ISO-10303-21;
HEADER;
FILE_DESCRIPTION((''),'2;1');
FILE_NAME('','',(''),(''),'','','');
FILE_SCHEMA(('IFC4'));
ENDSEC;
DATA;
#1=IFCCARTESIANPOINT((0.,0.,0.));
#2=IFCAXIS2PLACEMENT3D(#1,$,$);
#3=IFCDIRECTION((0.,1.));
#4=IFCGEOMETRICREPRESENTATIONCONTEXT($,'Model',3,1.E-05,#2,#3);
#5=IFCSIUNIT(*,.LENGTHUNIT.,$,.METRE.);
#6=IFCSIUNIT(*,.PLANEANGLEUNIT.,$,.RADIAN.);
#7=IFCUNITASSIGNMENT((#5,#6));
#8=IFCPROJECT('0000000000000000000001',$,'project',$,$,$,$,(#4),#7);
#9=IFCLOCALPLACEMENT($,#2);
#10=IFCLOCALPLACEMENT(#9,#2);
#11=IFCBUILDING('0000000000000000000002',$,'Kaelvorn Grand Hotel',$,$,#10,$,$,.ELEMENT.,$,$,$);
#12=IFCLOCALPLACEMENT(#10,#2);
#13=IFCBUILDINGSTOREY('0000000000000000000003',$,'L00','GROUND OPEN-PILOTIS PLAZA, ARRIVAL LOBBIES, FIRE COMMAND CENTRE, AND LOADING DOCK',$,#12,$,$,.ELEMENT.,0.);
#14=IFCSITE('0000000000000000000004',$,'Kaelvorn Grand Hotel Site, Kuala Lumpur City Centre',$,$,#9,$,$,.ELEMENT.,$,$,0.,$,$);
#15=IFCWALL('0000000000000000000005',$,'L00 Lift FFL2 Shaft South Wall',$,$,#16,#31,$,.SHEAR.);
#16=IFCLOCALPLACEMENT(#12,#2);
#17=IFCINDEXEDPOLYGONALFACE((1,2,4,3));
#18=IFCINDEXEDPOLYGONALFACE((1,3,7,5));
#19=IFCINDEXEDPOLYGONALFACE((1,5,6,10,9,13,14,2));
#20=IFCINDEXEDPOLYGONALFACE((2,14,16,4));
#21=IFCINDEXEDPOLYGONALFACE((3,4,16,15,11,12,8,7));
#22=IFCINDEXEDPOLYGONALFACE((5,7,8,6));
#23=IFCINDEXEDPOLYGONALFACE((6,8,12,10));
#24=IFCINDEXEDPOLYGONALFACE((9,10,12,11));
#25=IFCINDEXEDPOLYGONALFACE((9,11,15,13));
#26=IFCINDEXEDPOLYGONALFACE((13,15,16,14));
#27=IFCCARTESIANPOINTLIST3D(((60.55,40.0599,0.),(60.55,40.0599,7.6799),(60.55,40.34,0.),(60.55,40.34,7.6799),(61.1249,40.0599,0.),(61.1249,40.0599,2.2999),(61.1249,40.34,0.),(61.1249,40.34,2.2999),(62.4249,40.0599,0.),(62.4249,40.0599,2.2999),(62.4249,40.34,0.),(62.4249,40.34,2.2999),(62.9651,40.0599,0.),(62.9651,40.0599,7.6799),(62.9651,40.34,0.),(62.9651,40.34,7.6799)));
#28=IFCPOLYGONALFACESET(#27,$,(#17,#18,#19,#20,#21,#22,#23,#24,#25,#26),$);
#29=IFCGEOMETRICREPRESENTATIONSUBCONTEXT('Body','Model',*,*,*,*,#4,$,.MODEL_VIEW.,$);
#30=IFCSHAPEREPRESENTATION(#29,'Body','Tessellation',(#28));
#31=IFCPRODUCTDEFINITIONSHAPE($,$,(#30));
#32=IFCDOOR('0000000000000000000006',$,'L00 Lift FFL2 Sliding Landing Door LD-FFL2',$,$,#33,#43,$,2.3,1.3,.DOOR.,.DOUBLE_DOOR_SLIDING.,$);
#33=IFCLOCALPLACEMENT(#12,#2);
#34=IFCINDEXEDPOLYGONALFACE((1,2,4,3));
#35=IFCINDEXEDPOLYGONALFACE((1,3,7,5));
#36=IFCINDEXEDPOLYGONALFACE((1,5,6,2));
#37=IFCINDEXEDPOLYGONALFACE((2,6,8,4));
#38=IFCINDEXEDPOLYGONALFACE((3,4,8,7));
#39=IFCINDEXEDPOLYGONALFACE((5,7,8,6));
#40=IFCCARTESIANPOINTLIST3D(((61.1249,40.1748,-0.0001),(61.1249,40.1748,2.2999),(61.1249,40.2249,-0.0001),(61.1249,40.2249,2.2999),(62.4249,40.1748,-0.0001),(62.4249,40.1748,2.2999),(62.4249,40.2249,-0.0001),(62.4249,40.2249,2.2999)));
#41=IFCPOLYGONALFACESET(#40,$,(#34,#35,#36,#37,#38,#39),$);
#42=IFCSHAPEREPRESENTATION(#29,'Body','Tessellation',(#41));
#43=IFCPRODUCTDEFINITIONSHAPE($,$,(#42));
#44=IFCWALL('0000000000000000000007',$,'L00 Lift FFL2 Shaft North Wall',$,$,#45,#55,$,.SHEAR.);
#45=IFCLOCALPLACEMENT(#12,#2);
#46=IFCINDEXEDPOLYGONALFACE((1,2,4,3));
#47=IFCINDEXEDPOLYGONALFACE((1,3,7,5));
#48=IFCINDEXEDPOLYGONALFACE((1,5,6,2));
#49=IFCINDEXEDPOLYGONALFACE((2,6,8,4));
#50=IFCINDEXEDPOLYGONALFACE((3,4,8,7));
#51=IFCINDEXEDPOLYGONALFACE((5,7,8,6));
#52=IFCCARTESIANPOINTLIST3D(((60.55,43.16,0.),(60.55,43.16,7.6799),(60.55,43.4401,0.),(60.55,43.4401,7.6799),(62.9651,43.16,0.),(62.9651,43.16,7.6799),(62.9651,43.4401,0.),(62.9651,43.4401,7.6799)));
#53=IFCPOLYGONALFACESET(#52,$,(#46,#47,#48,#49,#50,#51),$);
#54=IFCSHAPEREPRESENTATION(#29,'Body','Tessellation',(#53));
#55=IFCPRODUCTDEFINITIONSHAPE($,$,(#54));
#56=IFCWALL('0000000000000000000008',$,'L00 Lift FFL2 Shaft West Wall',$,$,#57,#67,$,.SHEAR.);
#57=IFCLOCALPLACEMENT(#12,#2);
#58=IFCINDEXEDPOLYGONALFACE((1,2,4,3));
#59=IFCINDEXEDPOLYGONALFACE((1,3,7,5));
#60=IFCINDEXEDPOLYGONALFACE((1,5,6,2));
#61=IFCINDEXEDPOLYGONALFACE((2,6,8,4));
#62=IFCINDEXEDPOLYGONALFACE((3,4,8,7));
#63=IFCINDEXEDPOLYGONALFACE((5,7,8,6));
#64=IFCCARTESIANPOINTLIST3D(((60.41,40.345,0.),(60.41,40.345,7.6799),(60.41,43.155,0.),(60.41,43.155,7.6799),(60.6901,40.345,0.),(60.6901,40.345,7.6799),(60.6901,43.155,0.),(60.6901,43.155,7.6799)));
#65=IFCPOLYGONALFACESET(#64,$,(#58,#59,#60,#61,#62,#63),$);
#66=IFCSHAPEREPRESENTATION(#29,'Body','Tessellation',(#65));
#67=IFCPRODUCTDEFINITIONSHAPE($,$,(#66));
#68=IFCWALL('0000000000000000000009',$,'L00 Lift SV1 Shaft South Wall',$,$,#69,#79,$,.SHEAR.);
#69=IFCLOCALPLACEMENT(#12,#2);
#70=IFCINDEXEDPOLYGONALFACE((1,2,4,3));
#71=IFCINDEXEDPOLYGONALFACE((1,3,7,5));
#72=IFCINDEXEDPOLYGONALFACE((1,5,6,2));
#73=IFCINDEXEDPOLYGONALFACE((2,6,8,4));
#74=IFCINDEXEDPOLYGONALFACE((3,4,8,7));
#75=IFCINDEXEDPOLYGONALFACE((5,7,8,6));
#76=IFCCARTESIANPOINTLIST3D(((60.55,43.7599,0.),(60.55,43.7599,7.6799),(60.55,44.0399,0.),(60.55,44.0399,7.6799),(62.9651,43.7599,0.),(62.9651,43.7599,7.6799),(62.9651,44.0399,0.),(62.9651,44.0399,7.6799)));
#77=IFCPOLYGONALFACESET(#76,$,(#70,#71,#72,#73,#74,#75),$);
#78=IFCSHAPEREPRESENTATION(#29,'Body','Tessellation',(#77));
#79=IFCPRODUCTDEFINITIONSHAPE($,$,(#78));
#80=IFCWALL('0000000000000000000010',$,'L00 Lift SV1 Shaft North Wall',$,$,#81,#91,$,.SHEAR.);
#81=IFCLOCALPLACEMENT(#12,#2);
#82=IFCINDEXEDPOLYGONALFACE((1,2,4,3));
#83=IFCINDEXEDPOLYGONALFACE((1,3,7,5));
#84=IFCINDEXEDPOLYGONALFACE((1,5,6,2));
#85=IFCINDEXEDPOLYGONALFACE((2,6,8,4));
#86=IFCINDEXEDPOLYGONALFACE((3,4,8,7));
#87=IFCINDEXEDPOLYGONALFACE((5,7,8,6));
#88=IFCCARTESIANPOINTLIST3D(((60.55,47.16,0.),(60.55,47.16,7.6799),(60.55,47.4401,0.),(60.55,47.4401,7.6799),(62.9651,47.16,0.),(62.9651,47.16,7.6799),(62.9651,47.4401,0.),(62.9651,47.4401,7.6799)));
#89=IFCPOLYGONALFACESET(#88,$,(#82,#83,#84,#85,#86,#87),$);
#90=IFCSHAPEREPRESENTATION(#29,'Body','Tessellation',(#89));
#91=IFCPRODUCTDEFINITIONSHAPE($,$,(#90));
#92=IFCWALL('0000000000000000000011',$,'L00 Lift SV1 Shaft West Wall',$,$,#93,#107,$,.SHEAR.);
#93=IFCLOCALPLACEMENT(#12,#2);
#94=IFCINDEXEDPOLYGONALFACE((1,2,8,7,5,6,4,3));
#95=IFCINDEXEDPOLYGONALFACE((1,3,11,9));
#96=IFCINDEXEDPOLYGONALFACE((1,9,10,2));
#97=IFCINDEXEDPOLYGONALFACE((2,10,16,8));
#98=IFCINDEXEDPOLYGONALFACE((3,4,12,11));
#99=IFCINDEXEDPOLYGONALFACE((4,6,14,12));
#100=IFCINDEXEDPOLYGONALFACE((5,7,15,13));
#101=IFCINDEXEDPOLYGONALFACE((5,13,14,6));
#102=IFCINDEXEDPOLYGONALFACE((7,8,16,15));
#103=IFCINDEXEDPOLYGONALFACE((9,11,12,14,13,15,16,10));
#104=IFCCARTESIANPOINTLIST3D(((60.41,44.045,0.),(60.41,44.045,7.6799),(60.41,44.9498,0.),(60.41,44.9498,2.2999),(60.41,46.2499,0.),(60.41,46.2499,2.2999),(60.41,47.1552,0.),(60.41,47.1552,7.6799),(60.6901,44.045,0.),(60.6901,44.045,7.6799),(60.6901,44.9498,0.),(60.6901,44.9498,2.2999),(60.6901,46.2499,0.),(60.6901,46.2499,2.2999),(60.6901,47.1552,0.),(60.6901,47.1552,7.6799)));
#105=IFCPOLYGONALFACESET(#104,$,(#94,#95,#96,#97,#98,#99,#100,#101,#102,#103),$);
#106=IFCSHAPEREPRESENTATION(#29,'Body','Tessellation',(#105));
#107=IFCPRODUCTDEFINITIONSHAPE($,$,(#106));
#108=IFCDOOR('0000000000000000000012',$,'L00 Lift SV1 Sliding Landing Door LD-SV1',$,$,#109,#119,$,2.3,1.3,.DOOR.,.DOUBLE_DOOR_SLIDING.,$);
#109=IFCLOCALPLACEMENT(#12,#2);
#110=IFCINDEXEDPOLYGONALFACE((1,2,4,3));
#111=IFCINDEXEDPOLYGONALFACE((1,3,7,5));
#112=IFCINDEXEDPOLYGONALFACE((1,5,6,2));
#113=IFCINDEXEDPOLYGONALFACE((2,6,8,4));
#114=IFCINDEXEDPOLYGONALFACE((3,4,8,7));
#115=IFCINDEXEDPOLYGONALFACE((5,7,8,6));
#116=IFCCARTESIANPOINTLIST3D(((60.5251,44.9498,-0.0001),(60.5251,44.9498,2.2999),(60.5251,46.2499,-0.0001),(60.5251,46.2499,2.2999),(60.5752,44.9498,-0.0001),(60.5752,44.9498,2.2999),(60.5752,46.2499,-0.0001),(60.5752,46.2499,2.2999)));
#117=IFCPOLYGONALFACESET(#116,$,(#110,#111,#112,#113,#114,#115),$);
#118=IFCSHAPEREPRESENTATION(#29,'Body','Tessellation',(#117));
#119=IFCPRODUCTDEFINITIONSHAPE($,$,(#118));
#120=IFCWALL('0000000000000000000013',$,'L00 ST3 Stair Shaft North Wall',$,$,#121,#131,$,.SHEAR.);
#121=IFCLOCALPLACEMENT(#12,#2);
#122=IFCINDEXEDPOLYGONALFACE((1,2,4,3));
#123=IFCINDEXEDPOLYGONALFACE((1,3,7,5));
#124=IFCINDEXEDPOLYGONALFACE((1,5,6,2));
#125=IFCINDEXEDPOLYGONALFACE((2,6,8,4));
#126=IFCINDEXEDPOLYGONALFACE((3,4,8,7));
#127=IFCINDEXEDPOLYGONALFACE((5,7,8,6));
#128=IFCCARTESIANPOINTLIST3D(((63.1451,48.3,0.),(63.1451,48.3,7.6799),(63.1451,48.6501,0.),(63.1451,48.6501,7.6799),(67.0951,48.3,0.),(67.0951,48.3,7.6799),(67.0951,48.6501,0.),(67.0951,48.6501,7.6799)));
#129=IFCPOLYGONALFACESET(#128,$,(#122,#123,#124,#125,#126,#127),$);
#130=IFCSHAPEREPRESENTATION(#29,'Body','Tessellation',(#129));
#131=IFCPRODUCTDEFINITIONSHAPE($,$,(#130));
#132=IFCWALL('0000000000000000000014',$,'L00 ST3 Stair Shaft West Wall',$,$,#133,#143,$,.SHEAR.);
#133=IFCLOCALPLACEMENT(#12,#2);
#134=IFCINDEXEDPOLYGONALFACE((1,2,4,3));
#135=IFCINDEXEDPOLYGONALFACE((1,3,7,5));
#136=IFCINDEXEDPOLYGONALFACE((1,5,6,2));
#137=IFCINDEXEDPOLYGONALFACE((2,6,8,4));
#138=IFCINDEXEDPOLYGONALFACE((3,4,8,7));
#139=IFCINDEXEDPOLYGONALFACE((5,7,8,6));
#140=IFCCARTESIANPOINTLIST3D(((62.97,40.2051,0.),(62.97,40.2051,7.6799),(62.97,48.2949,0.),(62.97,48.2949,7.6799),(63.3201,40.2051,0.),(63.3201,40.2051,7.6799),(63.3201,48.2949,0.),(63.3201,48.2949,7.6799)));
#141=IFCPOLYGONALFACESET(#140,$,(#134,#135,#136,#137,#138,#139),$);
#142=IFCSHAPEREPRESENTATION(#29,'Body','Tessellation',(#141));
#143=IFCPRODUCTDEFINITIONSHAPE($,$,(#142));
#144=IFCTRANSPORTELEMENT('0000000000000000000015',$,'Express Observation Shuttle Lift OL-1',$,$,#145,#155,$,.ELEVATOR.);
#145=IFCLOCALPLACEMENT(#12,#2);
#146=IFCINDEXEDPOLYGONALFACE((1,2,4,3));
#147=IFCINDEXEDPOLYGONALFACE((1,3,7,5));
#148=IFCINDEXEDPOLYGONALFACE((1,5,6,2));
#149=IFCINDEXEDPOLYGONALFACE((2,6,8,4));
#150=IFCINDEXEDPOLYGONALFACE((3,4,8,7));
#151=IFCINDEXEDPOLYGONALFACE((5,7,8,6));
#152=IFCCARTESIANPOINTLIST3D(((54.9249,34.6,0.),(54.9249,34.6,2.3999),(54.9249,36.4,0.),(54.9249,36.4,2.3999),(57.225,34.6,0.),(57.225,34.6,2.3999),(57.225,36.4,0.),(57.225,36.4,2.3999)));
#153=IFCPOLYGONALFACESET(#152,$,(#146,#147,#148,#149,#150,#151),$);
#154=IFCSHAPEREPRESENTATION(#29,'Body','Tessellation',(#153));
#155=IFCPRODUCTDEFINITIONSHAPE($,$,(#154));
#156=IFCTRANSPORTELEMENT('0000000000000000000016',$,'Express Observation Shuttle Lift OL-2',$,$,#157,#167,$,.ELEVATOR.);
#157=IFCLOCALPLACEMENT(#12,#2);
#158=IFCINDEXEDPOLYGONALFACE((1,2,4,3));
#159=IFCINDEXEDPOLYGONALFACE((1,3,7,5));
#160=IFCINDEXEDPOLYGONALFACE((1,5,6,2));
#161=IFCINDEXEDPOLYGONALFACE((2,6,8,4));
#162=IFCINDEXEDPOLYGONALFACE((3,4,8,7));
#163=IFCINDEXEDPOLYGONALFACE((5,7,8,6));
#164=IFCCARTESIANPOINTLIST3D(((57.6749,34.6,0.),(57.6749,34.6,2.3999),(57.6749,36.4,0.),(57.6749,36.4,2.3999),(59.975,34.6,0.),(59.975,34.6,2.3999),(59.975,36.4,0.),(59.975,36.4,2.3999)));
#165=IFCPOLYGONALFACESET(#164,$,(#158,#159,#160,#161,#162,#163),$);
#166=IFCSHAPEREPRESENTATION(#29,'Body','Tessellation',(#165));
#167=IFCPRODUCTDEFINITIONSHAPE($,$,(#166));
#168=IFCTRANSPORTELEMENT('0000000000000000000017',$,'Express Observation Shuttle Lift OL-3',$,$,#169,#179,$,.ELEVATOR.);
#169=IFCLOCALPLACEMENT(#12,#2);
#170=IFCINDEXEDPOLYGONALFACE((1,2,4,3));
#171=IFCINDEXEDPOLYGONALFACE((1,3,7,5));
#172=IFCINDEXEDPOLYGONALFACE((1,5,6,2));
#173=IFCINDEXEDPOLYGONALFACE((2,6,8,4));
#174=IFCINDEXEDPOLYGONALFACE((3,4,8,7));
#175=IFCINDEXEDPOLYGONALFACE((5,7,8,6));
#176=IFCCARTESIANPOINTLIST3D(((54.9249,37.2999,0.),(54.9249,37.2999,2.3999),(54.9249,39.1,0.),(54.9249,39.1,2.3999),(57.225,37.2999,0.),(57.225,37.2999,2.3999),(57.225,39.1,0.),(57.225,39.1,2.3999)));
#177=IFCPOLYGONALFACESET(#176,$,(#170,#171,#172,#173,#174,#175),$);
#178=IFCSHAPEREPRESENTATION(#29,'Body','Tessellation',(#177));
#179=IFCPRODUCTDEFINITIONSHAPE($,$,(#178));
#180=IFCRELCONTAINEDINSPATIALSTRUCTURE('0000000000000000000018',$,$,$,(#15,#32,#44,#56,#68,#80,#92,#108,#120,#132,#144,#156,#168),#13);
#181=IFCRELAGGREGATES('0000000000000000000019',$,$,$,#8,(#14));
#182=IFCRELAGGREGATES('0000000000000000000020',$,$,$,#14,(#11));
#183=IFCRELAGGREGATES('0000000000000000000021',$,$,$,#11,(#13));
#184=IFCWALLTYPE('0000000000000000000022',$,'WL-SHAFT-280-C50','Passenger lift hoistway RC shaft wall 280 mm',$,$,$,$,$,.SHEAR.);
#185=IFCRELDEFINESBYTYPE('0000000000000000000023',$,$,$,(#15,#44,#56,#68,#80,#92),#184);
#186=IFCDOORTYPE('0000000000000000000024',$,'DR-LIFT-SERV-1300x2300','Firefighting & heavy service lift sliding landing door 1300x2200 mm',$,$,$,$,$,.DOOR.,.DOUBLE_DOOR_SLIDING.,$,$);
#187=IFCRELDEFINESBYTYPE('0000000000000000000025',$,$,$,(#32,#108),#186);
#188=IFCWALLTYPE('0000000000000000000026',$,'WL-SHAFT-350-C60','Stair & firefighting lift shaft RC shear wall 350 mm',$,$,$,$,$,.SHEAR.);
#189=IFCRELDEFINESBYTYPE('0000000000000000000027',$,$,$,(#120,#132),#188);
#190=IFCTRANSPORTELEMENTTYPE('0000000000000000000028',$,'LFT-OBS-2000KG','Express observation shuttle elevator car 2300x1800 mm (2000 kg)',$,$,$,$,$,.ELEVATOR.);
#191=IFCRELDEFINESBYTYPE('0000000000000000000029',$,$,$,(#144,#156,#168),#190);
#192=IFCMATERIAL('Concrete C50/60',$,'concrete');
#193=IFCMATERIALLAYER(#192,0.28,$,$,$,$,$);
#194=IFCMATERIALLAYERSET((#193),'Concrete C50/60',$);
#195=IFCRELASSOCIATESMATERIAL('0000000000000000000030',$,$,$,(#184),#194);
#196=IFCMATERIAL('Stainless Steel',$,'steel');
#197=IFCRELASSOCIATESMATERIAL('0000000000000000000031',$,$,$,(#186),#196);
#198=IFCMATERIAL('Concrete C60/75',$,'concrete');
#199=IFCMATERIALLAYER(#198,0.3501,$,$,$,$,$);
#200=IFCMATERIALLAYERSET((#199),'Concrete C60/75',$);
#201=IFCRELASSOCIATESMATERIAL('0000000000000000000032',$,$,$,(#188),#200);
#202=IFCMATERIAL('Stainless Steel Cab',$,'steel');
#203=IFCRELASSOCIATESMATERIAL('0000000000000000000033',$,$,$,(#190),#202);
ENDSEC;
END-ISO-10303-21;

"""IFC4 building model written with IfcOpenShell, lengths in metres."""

from ifc_helpers import new_model, si_unit, direction, frame, frame_2d, origin, origin_2d, place, context, subcontext, project, spatial, rectangle, extrude, material, layer, layer_set, type_object, element, fill, save


model = new_model("IFC4")

# Units and contexts
model_context = context("Model", 3, precision=1e-05, world=origin(), true_north=direction((0.0, 1.0)))
body_context = subcontext(model_context, "Body", "Model", "MODEL_VIEW")
ifc_project = project(units=[si_unit("LENGTHUNIT", "METRE"), si_unit("PLANEANGLEUNIT", "RADIAN")], contexts=[model_context])

# Site, building, storey
site_placement = place(None, origin())
site = spatial("IfcSite", under=ifc_project, at=site_placement, Name="Kaelvorn Grand Hotel Site, Kuala Lumpur City Centre", CompositionType="ELEMENT", RefElevation=0.0)
building_placement = place(site_placement, origin())
building = spatial("IfcBuilding", under=site, at=building_placement, Name="Kaelvorn Grand Hotel", CompositionType="ELEMENT")
storey_placement = place(building_placement, origin())
storey = spatial("IfcBuildingStorey", under=building, at=storey_placement, Name="L00", Description="GROUND OPEN-PILOTIS PLAZA, ARRIVAL LOBBIES, FIRE COMMAND CENTRE, AND LOADING DOCK", CompositionType="ELEMENT", Elevation=0.0)

# Shared definitions
ifc_material_1 = material(Name="Concrete C60/75", Category="concrete")

# Shared definitions
ifc_material_2 = material(Name="Concrete C50/60", Category="concrete")
ifc_layer_1 = layer(ifc_material_2, 0.28)
ifc_layer_set_1 = layer_set([ifc_layer_1], Name="Concrete C50/60")
wall_type_1 = type_object("IfcWallType", Name="WL-SHAFT-280-C50", Description="Passenger lift hoistway RC shaft wall 280 mm", PredefinedType="SHEAR", material=ifc_layer_set_1)

# Shared definitions
ifc_material_3 = material(Name="Stainless Steel", Category="steel")

# Wall, opening, door
wall_1_placement = place(storey_placement, frame((60.55, 40.2, 0.0), z_axis=(0.0, 0.0, 1.0), x_axis=(1.0, 0.0, 0.0)))
wall_1 = element("IfcWall", 1, at=wall_1_placement, inside=storey, type_object=wall_type_1, Name="L00 Lift FFL2 Shaft South Wall", PredefinedType="SHEAR", context=body_context, shape_type="SweptSolid", body=[
    extrude(rectangle(XDim=2.415, YDim=0.28, at=frame_2d((1.2075, 0.0))), origin(), (0.0, 0.0, 1.0), 7.6799),
])
opening_1_placement = place(wall_1_placement, frame((0.575, 0.0, 0.0)))
opening_1 = element("IfcOpeningElement", 2, at=opening_1_placement, cuts=wall_1, PredefinedType="OPENING", context=body_context, shape_type="SweptSolid", body=[
    extrude(rectangle(XDim=1.3, YDim=2.3, at=frame_2d((0.6499, 1.1499))), frame((0.0, 0.1499, 0.0), z_axis=(0.0, -1.0, 0.0), x_axis=(1.0, 0.0, 0.0)), (0.0, 0.0, 1.0), 0.3),
])
door_type_1 = type_object("IfcDoorType", Name="DR-LIFT-SERV-1300x2300", Description="Firefighting & heavy service lift sliding landing door 1300x2200 mm", OperationType="DOUBLE_DOOR_SLIDING", PredefinedType="DOOR", material=ifc_material_3)
door_1_placement = place(opening_1_placement, origin())
door_1 = element("IfcDoor", 3, at=door_1_placement, inside=storey, type_object=door_type_1, Name="L00 Lift FFL2 Sliding Landing Door LD-FFL2", OperationType="DOUBLE_DOOR_SLIDING", OverallHeight=2.3, OverallWidth=1.3, PredefinedType="DOOR", context=body_context, shape_type="SweptSolid", body=[
    extrude(rectangle(XDim=1.3, YDim=2.3, at=frame_2d((0.6499, 1.1499))), frame((0.0, 0.0249, 0.0), z_axis=(0.0, -1.0, 0.0), x_axis=(1.0, 0.0, 0.0)), (0.0, 0.0, 1.0), 0.05),
])
fill(opening_1, door_1)

# Walls
wall_2_placement = place(storey_placement, frame((60.55, 43.3, 0.0), z_axis=(0.0, 0.0, 1.0), x_axis=(1.0, 0.0, 0.0)))
element("IfcWall", 4, at=wall_2_placement, inside=storey, type_object=wall_type_1, Name="L00 Lift FFL2 Shaft North Wall", PredefinedType="SHEAR", context=body_context, shape_type="SweptSolid", body=[
    extrude(rectangle(XDim=2.415, YDim=0.28, at=frame_2d((1.2075, 0.0))), origin(), (0.0, 0.0, 1.0), 7.6799),
])
wall_3_placement = place(storey_placement, frame((60.55, 40.345, 0.0), z_axis=(0.0, 0.0, 1.0), x_axis=(0.0, 1.0, 0.0)))
element("IfcWall", 5, at=wall_3_placement, inside=storey, type_object=wall_type_1, Name="L00 Lift FFL2 Shaft West Wall", PredefinedType="SHEAR", context=body_context, shape_type="SweptSolid", body=[
    extrude(rectangle(XDim=2.8101, YDim=0.28, at=frame_2d((1.405, 0.0))), origin(), (0.0, 0.0, 1.0), 7.6799),
])
for number, where, z_axis, x_axis, name in (
    (6, (60.55, 43.8999, 0.0), (0.0, 0.0, 1.0), (1.0, 0.0, 0.0), "L00 Lift SV1 Shaft South Wall"),
    (7, (60.55, 47.3, 0.0), (0.0, 0.0, 1.0), (1.0, 0.0, 0.0), "L00 Lift SV1 Shaft North Wall"),
):
    element("IfcWall", number, at=place(storey_placement, frame(where, z_axis=z_axis, x_axis=x_axis)), inside=storey, type_object=wall_type_1, Name=name, PredefinedType="SHEAR", context=body_context, shape_type="SweptSolid", body=[
        extrude(rectangle(XDim=2.415, YDim=0.28, at=frame_2d((1.2075, 0.0))), origin(), (0.0, 0.0, 1.0), 7.6799),
    ])

# Wall, opening, door
wall_4_placement = place(storey_placement, frame((60.55, 44.0449, 0.0), z_axis=(0.0, 0.0, 1.0), x_axis=(0.0, 1.0, 0.0)))
wall_4 = element("IfcWall", 8, at=wall_4_placement, inside=storey, type_object=wall_type_1, Name="L00 Lift SV1 Shaft West Wall", PredefinedType="SHEAR", context=body_context, shape_type="SweptSolid", body=[
    extrude(rectangle(XDim=3.1101, YDim=0.28, at=frame_2d((1.5552, 0.0))), origin(), (0.0, 0.0, 1.0), 7.6799),
])
opening_2_placement = place(wall_4_placement, frame((0.905, 0.0, 0.0)))
opening_2 = element("IfcOpeningElement", 9, at=opening_2_placement, cuts=wall_4, PredefinedType="OPENING", context=body_context, shape_type="SweptSolid", body=[
    extrude(rectangle(XDim=1.3, YDim=2.3, at=frame_2d((0.6499, 1.1499))), frame((0.0, 0.1499, 0.0), z_axis=(0.0, -1.0, 0.0), x_axis=(1.0, 0.0, 0.0)), (0.0, 0.0, 1.0), 0.3),
])
door_2_placement = place(opening_2_placement, origin())
door_2 = element("IfcDoor", 10, at=door_2_placement, inside=storey, type_object=door_type_1, Name="L00 Lift SV1 Sliding Landing Door LD-SV1", OperationType="DOUBLE_DOOR_SLIDING", OverallHeight=2.3, OverallWidth=1.3, PredefinedType="DOOR", context=body_context, shape_type="SweptSolid", body=[
    extrude(rectangle(XDim=1.3, YDim=2.3, at=frame_2d((0.6499, 1.1499))), frame((0.0, 0.0249, 0.0), z_axis=(0.0, -1.0, 0.0), x_axis=(1.0, 0.0, 0.0)), (0.0, 0.0, 1.0), 0.05),
])
fill(opening_2, door_2)
ifc_layer_2 = layer(ifc_material_1, 0.3501)
ifc_layer_set_2 = layer_set([ifc_layer_2], Name="Concrete C60/75")
wall_type_2 = type_object("IfcWallType", Name="WL-SHAFT-350-C60", Description="Stair & firefighting lift shaft RC shear wall 350 mm", PredefinedType="SHEAR", material=ifc_layer_set_2)

# Walls
wall_5_placement = place(storey_placement, frame((63.145, 48.4751, 0.0), z_axis=(0.0, 0.0, 1.0), x_axis=(1.0, 0.0, 0.0)))
element("IfcWall", 11, at=wall_5_placement, inside=storey, type_object=wall_type_2, Name="L00 ST3 Stair Shaft North Wall", PredefinedType="SHEAR", context=body_context, shape_type="SweptSolid", body=[
    extrude(rectangle(XDim=3.95, YDim=0.3501, at=frame_2d((1.9751, 0.0))), origin(), (0.0, 0.0, 1.0), 7.6799),
])
wall_6_placement = place(storey_placement, frame((63.145, 40.2051, 0.0), z_axis=(0.0, 0.0, 1.0), x_axis=(0.0, 1.0, 0.0)))
element("IfcWall", 12, at=wall_6_placement, inside=storey, type_object=wall_type_2, Name="L00 ST3 Stair Shaft West Wall", PredefinedType="SHEAR", context=body_context, shape_type="SweptSolid", body=[
    extrude(rectangle(XDim=8.0898, YDim=0.3501, at=frame_2d((4.0449, 0.0))), origin(), (0.0, 0.0, 1.0), 7.6799),
])

# Transport elements
ifc_material_4 = material(Name="Stainless Steel Cab", Category="steel")
transport_element_type = type_object("IfcTransportElementType", Name="LFT-OBS-2000KG", Description="Express observation shuttle elevator car 2300x1800 mm (2000 kg)", PredefinedType="ELEVATOR", material=ifc_material_4)
for number, where, z_axis, x_axis, name in (
    (13, (56.075, 35.5, 0.0), (0.0, 0.0, 1.0), (1.0, 0.0, 0.0), "Express Observation Shuttle Lift OL-1"),
    (14, (58.825, 35.5, 0.0), (0.0, 0.0, 1.0), (1.0, 0.0, 0.0), "Express Observation Shuttle Lift OL-2"),
    (15, (56.075, 38.2, 0.0), (0.0, 0.0, 1.0), (1.0, 0.0, 0.0), "Express Observation Shuttle Lift OL-3"),
):
    element("IfcTransportElement", number, at=place(storey_placement, frame(where, z_axis=z_axis, x_axis=x_axis)), inside=storey, type_object=transport_element_type, Name=name, PredefinedType="ELEVATOR", context=body_context, shape_type="SweptSolid", body=[
        extrude(rectangle(XDim=2.3, YDim=1.8, at=origin_2d()), origin(), (0.0, 0.0, 1.0), 2.3999),
    ])

save(model, "model.ifc")
